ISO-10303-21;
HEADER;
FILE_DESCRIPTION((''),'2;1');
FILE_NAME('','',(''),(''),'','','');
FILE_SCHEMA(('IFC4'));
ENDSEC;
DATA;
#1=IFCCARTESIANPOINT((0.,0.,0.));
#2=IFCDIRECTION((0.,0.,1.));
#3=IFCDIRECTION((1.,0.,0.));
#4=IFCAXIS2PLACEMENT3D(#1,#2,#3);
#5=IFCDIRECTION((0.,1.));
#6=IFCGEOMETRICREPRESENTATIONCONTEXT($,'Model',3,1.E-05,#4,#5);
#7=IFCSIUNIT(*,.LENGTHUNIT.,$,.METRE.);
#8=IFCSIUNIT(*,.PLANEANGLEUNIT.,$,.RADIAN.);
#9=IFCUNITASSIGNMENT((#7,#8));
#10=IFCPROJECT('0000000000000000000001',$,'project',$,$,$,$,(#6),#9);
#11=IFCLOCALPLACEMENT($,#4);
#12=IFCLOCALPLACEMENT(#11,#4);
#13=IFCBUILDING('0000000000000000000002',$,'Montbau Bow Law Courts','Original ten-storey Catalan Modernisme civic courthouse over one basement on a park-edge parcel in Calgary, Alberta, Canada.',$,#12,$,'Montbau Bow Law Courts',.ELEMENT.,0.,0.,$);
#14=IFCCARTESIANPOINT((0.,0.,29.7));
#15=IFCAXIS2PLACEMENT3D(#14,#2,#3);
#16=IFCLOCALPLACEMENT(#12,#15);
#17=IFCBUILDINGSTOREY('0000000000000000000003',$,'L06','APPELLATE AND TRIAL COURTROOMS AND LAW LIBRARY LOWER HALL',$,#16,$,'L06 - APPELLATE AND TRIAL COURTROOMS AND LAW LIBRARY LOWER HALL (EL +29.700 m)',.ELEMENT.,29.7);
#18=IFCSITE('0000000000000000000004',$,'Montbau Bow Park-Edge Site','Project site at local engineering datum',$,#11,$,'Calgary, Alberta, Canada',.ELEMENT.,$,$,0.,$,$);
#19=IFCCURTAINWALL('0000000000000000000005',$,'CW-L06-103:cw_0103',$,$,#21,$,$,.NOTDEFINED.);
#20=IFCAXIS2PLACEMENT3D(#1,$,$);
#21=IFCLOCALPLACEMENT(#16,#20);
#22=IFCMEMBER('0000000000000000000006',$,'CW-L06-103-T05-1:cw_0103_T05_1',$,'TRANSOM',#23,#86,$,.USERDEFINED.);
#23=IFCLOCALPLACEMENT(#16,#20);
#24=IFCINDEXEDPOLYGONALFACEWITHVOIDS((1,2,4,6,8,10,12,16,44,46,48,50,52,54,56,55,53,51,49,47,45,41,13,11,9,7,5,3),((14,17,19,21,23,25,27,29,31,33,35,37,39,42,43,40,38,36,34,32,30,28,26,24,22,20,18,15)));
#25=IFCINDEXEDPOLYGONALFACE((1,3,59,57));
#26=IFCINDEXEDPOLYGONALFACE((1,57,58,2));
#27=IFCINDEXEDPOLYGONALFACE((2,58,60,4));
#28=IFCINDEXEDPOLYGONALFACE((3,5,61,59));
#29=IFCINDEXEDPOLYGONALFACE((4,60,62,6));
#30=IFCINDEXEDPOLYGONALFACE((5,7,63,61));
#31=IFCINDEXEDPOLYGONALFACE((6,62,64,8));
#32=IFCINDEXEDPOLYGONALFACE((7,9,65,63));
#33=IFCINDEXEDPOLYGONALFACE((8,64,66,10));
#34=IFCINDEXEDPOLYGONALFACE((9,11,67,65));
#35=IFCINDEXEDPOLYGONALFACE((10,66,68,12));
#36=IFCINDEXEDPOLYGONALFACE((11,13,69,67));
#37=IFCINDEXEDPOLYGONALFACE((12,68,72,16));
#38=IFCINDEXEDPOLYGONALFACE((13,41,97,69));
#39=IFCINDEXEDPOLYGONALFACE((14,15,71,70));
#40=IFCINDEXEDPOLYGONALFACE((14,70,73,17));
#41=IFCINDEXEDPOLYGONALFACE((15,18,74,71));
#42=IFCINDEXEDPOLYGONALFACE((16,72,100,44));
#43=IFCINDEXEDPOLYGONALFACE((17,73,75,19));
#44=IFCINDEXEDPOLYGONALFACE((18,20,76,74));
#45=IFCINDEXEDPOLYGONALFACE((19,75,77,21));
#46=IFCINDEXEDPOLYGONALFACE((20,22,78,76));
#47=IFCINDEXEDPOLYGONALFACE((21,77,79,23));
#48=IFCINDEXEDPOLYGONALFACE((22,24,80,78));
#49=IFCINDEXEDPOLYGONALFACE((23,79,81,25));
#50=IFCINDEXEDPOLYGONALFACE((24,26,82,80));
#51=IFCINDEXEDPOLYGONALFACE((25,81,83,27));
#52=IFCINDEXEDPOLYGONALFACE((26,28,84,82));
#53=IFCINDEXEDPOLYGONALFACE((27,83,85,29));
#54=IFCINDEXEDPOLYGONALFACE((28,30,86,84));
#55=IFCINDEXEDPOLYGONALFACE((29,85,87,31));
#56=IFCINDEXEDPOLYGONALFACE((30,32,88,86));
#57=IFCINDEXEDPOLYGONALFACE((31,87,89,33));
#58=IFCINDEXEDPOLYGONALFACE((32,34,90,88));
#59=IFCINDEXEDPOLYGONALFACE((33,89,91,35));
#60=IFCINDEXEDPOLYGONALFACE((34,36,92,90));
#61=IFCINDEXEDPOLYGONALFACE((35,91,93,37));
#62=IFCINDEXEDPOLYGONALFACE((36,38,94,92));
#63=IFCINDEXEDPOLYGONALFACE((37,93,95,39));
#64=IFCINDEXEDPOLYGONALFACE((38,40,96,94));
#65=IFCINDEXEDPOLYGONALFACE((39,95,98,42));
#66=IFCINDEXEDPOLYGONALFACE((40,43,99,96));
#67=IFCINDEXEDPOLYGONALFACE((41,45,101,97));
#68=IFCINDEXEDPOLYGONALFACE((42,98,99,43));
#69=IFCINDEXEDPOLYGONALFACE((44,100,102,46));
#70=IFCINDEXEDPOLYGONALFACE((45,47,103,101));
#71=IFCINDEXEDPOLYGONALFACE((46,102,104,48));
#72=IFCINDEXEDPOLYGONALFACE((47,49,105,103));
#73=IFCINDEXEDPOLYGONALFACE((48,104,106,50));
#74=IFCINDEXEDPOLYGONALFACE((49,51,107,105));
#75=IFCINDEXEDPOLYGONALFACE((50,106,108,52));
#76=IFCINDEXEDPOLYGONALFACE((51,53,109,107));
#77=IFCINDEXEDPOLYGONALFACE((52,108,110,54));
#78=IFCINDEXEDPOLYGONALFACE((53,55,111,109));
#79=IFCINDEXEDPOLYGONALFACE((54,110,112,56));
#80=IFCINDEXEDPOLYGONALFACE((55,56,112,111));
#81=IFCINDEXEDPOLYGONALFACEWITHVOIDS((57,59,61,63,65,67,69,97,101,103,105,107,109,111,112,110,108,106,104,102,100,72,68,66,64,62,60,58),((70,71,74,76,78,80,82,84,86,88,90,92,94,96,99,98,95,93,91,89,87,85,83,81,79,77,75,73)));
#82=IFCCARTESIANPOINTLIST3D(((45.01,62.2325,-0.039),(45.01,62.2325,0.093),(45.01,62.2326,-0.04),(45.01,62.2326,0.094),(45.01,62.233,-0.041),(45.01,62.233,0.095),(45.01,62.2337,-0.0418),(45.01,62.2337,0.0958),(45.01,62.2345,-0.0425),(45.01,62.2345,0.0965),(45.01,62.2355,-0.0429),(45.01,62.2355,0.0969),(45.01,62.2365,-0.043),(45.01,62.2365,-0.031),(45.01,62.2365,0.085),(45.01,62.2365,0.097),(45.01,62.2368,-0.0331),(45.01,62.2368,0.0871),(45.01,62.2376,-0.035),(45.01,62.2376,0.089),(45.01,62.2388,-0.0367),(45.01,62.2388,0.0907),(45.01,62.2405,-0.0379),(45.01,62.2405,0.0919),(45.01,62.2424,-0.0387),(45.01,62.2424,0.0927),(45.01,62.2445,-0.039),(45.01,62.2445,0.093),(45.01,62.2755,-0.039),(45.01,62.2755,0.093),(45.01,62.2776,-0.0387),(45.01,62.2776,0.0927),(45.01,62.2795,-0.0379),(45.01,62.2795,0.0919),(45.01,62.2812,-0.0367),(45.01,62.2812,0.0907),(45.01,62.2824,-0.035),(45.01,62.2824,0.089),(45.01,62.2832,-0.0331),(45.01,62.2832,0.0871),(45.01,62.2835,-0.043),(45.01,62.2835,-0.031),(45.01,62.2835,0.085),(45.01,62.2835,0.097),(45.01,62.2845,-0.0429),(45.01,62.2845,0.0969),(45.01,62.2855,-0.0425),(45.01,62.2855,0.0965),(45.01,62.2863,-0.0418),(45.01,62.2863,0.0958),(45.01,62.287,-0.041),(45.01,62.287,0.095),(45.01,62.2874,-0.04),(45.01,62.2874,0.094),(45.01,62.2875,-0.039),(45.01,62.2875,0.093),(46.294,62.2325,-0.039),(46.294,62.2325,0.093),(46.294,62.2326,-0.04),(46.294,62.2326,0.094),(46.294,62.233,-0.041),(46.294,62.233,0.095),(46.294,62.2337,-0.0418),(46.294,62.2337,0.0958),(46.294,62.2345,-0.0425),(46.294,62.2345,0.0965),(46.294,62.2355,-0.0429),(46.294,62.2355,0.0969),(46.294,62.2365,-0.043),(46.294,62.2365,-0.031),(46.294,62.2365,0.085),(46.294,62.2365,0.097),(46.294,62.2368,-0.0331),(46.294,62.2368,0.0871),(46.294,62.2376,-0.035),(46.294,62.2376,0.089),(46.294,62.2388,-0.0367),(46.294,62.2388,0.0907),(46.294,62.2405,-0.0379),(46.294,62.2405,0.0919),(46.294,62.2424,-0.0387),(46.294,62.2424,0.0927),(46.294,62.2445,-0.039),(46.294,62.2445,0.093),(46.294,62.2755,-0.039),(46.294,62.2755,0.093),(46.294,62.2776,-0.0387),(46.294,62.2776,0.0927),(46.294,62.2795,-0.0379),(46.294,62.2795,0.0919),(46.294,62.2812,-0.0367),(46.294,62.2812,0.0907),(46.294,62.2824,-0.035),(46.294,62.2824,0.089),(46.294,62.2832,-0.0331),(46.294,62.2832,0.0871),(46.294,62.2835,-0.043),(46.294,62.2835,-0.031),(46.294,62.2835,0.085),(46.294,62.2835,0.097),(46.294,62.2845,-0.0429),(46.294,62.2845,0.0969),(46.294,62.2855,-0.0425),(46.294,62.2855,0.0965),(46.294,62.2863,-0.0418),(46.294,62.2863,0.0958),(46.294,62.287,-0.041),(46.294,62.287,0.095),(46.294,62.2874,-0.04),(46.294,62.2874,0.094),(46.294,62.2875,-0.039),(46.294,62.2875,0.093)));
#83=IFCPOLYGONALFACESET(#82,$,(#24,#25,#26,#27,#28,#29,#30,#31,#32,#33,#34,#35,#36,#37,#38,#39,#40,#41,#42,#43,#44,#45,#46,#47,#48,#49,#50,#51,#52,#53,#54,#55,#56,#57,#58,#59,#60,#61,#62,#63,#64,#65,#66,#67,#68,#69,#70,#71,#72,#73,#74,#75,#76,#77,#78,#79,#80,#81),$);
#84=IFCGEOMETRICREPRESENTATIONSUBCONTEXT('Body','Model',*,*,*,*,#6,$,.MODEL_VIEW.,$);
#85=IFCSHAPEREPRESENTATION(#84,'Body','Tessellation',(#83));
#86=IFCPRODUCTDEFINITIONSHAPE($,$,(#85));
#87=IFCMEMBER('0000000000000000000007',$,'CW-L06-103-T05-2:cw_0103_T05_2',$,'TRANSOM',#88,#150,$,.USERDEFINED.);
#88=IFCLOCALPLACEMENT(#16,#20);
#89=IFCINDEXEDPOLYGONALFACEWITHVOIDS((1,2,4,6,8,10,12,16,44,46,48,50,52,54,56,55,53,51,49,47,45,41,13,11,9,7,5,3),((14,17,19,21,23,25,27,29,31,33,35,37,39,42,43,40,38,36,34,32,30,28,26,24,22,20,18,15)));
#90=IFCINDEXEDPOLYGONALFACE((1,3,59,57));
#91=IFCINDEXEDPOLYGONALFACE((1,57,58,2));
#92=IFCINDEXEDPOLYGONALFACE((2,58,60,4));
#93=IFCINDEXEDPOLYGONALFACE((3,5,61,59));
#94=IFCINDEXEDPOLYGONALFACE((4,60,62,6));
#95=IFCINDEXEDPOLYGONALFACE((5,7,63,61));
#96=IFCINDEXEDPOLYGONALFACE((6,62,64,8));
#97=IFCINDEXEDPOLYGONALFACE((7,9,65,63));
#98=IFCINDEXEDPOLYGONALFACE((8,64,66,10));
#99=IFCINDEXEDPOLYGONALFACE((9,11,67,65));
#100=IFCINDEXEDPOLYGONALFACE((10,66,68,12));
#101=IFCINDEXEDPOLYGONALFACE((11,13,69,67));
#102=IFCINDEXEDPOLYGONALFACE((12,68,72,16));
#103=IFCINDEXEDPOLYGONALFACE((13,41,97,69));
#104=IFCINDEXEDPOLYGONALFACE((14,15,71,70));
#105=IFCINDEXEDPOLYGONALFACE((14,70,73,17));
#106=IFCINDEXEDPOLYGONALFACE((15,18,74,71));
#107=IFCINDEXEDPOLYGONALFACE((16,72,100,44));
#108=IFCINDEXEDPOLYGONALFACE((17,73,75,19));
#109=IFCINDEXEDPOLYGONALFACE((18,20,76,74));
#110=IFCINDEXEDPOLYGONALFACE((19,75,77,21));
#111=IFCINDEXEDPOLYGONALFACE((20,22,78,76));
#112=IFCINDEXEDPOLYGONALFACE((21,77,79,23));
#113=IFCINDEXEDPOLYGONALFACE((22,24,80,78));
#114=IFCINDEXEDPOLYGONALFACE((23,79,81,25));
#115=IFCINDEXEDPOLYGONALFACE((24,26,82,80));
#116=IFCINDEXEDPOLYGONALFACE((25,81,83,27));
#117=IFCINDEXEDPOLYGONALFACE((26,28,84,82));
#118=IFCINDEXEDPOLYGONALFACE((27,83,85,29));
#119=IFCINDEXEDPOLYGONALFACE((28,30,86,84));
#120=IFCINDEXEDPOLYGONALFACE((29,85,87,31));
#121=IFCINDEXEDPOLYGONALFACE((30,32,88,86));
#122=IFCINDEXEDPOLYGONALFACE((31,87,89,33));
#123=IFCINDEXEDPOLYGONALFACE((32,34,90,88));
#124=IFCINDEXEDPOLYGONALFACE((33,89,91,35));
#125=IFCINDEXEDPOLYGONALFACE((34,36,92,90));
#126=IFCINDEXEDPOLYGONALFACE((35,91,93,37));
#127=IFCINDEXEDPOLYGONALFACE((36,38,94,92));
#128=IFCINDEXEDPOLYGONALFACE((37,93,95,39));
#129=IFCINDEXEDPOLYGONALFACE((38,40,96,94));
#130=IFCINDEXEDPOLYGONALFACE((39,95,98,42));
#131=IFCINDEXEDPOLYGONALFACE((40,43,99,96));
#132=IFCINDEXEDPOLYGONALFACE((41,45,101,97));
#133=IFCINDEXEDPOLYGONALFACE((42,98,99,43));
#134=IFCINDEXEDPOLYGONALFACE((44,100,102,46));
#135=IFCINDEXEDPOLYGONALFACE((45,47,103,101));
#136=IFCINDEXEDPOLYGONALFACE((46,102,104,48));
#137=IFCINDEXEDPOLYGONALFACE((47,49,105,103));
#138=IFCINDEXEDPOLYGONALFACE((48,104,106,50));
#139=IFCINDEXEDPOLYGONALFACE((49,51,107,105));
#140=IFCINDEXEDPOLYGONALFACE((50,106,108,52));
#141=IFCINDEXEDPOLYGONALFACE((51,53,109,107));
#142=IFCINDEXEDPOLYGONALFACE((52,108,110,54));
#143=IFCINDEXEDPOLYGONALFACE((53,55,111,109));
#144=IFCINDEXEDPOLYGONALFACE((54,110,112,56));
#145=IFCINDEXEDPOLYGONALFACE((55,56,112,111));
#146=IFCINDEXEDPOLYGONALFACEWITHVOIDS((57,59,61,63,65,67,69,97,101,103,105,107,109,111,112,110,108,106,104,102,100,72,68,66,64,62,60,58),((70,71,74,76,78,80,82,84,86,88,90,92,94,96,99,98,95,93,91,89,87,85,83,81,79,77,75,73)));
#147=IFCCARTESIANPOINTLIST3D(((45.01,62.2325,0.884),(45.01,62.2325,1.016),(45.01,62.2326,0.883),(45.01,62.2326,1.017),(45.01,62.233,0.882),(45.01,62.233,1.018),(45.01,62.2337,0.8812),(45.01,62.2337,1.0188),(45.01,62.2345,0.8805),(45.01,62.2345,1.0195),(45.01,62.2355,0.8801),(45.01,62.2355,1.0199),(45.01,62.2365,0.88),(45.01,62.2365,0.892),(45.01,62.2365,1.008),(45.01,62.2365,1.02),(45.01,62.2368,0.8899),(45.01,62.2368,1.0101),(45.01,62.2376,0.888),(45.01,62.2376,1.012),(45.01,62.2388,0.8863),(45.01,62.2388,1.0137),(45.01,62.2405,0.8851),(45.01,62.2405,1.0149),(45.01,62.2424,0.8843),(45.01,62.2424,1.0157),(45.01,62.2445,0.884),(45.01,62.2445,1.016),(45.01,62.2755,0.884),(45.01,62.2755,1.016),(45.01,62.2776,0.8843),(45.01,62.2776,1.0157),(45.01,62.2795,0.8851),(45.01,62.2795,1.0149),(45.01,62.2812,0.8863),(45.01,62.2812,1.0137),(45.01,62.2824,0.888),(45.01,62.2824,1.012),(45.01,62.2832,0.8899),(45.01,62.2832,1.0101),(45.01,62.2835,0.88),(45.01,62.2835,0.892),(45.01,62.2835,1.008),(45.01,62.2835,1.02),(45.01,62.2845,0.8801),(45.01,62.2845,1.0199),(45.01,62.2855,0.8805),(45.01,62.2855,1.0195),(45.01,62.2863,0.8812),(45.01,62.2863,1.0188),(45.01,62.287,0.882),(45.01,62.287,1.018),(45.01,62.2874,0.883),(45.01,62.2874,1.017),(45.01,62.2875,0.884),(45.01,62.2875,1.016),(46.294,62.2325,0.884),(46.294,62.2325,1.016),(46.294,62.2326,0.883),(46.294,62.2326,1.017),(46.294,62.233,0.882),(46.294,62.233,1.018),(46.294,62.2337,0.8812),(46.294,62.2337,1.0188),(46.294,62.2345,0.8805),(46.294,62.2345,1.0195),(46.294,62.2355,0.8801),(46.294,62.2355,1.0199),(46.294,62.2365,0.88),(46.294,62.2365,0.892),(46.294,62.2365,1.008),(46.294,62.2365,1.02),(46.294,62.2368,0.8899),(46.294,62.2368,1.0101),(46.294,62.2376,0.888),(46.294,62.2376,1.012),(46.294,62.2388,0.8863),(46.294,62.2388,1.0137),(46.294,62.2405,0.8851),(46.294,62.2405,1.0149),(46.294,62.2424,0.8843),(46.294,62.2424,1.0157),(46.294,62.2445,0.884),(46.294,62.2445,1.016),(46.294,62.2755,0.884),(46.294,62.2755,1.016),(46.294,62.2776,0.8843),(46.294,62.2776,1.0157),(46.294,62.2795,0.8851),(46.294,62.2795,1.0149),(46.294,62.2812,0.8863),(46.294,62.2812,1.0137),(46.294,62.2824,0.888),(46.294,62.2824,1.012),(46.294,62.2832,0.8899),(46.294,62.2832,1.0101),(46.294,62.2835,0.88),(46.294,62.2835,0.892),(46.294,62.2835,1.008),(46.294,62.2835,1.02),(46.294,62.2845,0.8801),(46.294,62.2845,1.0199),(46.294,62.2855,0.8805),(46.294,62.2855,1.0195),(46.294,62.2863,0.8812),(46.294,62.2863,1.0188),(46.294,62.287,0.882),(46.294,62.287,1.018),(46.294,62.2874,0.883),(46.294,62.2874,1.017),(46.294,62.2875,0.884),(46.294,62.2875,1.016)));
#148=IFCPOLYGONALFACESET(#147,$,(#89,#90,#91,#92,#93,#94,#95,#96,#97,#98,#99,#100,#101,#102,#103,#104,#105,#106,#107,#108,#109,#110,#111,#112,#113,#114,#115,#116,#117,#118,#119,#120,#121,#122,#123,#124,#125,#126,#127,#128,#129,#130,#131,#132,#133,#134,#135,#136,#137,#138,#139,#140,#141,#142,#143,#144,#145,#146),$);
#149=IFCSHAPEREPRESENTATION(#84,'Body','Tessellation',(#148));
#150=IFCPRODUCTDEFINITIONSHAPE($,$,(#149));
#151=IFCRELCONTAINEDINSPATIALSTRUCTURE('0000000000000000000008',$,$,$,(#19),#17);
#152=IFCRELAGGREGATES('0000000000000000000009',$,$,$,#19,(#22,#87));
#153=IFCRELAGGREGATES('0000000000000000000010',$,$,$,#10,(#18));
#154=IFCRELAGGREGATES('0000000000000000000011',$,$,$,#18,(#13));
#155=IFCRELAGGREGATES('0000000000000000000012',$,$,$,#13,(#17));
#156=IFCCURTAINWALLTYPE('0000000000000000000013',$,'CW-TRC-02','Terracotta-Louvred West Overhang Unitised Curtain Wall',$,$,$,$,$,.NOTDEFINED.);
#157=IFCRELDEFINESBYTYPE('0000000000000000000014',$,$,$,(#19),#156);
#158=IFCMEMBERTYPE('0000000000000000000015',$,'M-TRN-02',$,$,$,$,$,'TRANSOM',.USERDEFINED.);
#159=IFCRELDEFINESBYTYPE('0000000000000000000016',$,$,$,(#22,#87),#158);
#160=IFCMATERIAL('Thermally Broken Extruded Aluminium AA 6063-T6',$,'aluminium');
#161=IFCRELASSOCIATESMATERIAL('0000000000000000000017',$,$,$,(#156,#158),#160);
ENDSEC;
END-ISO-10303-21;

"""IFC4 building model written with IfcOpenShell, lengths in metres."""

from ifc_helpers import new_model, si_unit, direction, frame, origin_with_axes, origin_2d_with_axis, place, context, subcontext, project, spatial, hollow_rectangle, extrude, material, material_profile, profile_set, type_object, element, aggregate, save


model = new_model("IFC4")

# Units and contexts
model_context = context("Model", 3, precision=1e-05, world=origin_with_axes(), true_north=direction((0.0, 1.0)))
body_context = subcontext(model_context, "Body", "Model", "MODEL_VIEW")
ifc_project = project(units=[si_unit("LENGTHUNIT", "METRE"), si_unit("PLANEANGLEUNIT", "RADIAN")], contexts=[model_context])

# Site, building, storey
site_placement = place(None, origin_with_axes())
site = spatial("IfcSite", under=ifc_project, at=site_placement, Name="Montbau Bow Park-Edge Site", Description="Project site at local engineering datum", LongName="Calgary, Alberta, Canada", CompositionType="ELEMENT", RefElevation=0.0)
building_placement = place(site_placement, origin_with_axes())
building = spatial("IfcBuilding", under=site, at=building_placement, Name="Montbau Bow Law Courts", Description="Original ten-storey Catalan Modernisme civic courthouse over one basement on a park-edge parcel in Calgary, Alberta, Canada.", LongName="Montbau Bow Law Courts", CompositionType="ELEMENT", ElevationOfRefHeight=0.0, ElevationOfTerrain=0.0)
storey_placement = place(building_placement, frame((0.0, 0.0, 29.7), z_axis=(0.0, 0.0, 1.0), x_axis=(1.0, 0.0, 0.0)))
storey = spatial("IfcBuildingStorey", under=building, at=storey_placement, Name="L06", Description="APPELLATE AND TRIAL COURTROOMS AND LAW LIBRARY LOWER HALL", LongName="L06 - APPELLATE AND TRIAL COURTROOMS AND LAW LIBRARY LOWER HALL (EL +29.700 m)", CompositionType="ELEMENT", Elevation=29.7)

# Curtain wall, members
ifc_material_1 = material(Name="Thermally Broken Extruded Aluminium AA 6063-T6", Category="aluminium")
curtain_wall_type = type_object("IfcCurtainWallType", Name="CW-TRC-02", Description="Terracotta-Louvred West Overhang Unitised Curtain Wall", PredefinedType="NOTDEFINED", material=ifc_material_1)
curtain_wall_placement = place(None, frame((39.44, 62.26, 29.7), z_axis=(0.0, 0.0, 1.0), x_axis=(1.0, 0.0, 0.0)))
curtain_wall = element("IfcCurtainWall", 1, at=curtain_wall_placement, inside=storey, type_object=curtain_wall_type, Name="CW-L06-103:cw_0103", PredefinedType="NOTDEFINED")
ifc_material_profile_1 = material_profile(ifc_material_1, hollow_rectangle(XDim=0.055, YDim=0.14, WallThickness=0.004, InnerFilletRadius=0.008, OuterFilletRadius=0.004, at=origin_2d_with_axis()), Name="CWT-140X55", Category="Main", Priority=0)
ifc_profile_set_1 = profile_set([ifc_material_profile_1], Name="Thermally Broken Extruded Aluminium AA 6063-T6")
member_type_1 = type_object("IfcMemberType", Name="M-TRN-02", ElementType="TRANSOM", PredefinedType="USERDEFINED", material=ifc_profile_set_1)
member_1_placement = place(None, frame((45.01, 62.26, 29.727), z_axis=(1.0, 0.0, 0.0), x_axis=(0.0, 1.0, 0.0)))
member_1 = element("IfcMember", 2, at=member_1_placement, type_object=member_type_1, Name="CW-L06-103-T05-1:cw_0103_T05_1", ObjectType="TRANSOM", PredefinedType="USERDEFINED", context=body_context, shape_type="SweptSolid", body=[
    extrude(hollow_rectangle(XDim=0.055, YDim=0.14, WallThickness=0.004, InnerFilletRadius=0.008, OuterFilletRadius=0.004, at=origin_2d_with_axis()), origin_with_axes(), (0.0, 0.0, 1.0), 1.284),
])
member_2_placement = place(None, frame((45.01, 62.26, 30.65), z_axis=(1.0, 0.0, 0.0), x_axis=(0.0, 1.0, 0.0)))
member_2 = element("IfcMember", 3, at=member_2_placement, type_object=member_type_1, Name="CW-L06-103-T05-2:cw_0103_T05_2", ObjectType="TRANSOM", PredefinedType="USERDEFINED", context=body_context, shape_type="SweptSolid", body=[
    extrude(hollow_rectangle(XDim=0.055, YDim=0.14, WallThickness=0.004, InnerFilletRadius=0.008, OuterFilletRadius=0.004, at=origin_2d_with_axis()), origin_with_axes(), (0.0, 0.0, 1.0), 1.284),
])
aggregate(curtain_wall, [member_1, member_2])

save(model, "model.ifc")
